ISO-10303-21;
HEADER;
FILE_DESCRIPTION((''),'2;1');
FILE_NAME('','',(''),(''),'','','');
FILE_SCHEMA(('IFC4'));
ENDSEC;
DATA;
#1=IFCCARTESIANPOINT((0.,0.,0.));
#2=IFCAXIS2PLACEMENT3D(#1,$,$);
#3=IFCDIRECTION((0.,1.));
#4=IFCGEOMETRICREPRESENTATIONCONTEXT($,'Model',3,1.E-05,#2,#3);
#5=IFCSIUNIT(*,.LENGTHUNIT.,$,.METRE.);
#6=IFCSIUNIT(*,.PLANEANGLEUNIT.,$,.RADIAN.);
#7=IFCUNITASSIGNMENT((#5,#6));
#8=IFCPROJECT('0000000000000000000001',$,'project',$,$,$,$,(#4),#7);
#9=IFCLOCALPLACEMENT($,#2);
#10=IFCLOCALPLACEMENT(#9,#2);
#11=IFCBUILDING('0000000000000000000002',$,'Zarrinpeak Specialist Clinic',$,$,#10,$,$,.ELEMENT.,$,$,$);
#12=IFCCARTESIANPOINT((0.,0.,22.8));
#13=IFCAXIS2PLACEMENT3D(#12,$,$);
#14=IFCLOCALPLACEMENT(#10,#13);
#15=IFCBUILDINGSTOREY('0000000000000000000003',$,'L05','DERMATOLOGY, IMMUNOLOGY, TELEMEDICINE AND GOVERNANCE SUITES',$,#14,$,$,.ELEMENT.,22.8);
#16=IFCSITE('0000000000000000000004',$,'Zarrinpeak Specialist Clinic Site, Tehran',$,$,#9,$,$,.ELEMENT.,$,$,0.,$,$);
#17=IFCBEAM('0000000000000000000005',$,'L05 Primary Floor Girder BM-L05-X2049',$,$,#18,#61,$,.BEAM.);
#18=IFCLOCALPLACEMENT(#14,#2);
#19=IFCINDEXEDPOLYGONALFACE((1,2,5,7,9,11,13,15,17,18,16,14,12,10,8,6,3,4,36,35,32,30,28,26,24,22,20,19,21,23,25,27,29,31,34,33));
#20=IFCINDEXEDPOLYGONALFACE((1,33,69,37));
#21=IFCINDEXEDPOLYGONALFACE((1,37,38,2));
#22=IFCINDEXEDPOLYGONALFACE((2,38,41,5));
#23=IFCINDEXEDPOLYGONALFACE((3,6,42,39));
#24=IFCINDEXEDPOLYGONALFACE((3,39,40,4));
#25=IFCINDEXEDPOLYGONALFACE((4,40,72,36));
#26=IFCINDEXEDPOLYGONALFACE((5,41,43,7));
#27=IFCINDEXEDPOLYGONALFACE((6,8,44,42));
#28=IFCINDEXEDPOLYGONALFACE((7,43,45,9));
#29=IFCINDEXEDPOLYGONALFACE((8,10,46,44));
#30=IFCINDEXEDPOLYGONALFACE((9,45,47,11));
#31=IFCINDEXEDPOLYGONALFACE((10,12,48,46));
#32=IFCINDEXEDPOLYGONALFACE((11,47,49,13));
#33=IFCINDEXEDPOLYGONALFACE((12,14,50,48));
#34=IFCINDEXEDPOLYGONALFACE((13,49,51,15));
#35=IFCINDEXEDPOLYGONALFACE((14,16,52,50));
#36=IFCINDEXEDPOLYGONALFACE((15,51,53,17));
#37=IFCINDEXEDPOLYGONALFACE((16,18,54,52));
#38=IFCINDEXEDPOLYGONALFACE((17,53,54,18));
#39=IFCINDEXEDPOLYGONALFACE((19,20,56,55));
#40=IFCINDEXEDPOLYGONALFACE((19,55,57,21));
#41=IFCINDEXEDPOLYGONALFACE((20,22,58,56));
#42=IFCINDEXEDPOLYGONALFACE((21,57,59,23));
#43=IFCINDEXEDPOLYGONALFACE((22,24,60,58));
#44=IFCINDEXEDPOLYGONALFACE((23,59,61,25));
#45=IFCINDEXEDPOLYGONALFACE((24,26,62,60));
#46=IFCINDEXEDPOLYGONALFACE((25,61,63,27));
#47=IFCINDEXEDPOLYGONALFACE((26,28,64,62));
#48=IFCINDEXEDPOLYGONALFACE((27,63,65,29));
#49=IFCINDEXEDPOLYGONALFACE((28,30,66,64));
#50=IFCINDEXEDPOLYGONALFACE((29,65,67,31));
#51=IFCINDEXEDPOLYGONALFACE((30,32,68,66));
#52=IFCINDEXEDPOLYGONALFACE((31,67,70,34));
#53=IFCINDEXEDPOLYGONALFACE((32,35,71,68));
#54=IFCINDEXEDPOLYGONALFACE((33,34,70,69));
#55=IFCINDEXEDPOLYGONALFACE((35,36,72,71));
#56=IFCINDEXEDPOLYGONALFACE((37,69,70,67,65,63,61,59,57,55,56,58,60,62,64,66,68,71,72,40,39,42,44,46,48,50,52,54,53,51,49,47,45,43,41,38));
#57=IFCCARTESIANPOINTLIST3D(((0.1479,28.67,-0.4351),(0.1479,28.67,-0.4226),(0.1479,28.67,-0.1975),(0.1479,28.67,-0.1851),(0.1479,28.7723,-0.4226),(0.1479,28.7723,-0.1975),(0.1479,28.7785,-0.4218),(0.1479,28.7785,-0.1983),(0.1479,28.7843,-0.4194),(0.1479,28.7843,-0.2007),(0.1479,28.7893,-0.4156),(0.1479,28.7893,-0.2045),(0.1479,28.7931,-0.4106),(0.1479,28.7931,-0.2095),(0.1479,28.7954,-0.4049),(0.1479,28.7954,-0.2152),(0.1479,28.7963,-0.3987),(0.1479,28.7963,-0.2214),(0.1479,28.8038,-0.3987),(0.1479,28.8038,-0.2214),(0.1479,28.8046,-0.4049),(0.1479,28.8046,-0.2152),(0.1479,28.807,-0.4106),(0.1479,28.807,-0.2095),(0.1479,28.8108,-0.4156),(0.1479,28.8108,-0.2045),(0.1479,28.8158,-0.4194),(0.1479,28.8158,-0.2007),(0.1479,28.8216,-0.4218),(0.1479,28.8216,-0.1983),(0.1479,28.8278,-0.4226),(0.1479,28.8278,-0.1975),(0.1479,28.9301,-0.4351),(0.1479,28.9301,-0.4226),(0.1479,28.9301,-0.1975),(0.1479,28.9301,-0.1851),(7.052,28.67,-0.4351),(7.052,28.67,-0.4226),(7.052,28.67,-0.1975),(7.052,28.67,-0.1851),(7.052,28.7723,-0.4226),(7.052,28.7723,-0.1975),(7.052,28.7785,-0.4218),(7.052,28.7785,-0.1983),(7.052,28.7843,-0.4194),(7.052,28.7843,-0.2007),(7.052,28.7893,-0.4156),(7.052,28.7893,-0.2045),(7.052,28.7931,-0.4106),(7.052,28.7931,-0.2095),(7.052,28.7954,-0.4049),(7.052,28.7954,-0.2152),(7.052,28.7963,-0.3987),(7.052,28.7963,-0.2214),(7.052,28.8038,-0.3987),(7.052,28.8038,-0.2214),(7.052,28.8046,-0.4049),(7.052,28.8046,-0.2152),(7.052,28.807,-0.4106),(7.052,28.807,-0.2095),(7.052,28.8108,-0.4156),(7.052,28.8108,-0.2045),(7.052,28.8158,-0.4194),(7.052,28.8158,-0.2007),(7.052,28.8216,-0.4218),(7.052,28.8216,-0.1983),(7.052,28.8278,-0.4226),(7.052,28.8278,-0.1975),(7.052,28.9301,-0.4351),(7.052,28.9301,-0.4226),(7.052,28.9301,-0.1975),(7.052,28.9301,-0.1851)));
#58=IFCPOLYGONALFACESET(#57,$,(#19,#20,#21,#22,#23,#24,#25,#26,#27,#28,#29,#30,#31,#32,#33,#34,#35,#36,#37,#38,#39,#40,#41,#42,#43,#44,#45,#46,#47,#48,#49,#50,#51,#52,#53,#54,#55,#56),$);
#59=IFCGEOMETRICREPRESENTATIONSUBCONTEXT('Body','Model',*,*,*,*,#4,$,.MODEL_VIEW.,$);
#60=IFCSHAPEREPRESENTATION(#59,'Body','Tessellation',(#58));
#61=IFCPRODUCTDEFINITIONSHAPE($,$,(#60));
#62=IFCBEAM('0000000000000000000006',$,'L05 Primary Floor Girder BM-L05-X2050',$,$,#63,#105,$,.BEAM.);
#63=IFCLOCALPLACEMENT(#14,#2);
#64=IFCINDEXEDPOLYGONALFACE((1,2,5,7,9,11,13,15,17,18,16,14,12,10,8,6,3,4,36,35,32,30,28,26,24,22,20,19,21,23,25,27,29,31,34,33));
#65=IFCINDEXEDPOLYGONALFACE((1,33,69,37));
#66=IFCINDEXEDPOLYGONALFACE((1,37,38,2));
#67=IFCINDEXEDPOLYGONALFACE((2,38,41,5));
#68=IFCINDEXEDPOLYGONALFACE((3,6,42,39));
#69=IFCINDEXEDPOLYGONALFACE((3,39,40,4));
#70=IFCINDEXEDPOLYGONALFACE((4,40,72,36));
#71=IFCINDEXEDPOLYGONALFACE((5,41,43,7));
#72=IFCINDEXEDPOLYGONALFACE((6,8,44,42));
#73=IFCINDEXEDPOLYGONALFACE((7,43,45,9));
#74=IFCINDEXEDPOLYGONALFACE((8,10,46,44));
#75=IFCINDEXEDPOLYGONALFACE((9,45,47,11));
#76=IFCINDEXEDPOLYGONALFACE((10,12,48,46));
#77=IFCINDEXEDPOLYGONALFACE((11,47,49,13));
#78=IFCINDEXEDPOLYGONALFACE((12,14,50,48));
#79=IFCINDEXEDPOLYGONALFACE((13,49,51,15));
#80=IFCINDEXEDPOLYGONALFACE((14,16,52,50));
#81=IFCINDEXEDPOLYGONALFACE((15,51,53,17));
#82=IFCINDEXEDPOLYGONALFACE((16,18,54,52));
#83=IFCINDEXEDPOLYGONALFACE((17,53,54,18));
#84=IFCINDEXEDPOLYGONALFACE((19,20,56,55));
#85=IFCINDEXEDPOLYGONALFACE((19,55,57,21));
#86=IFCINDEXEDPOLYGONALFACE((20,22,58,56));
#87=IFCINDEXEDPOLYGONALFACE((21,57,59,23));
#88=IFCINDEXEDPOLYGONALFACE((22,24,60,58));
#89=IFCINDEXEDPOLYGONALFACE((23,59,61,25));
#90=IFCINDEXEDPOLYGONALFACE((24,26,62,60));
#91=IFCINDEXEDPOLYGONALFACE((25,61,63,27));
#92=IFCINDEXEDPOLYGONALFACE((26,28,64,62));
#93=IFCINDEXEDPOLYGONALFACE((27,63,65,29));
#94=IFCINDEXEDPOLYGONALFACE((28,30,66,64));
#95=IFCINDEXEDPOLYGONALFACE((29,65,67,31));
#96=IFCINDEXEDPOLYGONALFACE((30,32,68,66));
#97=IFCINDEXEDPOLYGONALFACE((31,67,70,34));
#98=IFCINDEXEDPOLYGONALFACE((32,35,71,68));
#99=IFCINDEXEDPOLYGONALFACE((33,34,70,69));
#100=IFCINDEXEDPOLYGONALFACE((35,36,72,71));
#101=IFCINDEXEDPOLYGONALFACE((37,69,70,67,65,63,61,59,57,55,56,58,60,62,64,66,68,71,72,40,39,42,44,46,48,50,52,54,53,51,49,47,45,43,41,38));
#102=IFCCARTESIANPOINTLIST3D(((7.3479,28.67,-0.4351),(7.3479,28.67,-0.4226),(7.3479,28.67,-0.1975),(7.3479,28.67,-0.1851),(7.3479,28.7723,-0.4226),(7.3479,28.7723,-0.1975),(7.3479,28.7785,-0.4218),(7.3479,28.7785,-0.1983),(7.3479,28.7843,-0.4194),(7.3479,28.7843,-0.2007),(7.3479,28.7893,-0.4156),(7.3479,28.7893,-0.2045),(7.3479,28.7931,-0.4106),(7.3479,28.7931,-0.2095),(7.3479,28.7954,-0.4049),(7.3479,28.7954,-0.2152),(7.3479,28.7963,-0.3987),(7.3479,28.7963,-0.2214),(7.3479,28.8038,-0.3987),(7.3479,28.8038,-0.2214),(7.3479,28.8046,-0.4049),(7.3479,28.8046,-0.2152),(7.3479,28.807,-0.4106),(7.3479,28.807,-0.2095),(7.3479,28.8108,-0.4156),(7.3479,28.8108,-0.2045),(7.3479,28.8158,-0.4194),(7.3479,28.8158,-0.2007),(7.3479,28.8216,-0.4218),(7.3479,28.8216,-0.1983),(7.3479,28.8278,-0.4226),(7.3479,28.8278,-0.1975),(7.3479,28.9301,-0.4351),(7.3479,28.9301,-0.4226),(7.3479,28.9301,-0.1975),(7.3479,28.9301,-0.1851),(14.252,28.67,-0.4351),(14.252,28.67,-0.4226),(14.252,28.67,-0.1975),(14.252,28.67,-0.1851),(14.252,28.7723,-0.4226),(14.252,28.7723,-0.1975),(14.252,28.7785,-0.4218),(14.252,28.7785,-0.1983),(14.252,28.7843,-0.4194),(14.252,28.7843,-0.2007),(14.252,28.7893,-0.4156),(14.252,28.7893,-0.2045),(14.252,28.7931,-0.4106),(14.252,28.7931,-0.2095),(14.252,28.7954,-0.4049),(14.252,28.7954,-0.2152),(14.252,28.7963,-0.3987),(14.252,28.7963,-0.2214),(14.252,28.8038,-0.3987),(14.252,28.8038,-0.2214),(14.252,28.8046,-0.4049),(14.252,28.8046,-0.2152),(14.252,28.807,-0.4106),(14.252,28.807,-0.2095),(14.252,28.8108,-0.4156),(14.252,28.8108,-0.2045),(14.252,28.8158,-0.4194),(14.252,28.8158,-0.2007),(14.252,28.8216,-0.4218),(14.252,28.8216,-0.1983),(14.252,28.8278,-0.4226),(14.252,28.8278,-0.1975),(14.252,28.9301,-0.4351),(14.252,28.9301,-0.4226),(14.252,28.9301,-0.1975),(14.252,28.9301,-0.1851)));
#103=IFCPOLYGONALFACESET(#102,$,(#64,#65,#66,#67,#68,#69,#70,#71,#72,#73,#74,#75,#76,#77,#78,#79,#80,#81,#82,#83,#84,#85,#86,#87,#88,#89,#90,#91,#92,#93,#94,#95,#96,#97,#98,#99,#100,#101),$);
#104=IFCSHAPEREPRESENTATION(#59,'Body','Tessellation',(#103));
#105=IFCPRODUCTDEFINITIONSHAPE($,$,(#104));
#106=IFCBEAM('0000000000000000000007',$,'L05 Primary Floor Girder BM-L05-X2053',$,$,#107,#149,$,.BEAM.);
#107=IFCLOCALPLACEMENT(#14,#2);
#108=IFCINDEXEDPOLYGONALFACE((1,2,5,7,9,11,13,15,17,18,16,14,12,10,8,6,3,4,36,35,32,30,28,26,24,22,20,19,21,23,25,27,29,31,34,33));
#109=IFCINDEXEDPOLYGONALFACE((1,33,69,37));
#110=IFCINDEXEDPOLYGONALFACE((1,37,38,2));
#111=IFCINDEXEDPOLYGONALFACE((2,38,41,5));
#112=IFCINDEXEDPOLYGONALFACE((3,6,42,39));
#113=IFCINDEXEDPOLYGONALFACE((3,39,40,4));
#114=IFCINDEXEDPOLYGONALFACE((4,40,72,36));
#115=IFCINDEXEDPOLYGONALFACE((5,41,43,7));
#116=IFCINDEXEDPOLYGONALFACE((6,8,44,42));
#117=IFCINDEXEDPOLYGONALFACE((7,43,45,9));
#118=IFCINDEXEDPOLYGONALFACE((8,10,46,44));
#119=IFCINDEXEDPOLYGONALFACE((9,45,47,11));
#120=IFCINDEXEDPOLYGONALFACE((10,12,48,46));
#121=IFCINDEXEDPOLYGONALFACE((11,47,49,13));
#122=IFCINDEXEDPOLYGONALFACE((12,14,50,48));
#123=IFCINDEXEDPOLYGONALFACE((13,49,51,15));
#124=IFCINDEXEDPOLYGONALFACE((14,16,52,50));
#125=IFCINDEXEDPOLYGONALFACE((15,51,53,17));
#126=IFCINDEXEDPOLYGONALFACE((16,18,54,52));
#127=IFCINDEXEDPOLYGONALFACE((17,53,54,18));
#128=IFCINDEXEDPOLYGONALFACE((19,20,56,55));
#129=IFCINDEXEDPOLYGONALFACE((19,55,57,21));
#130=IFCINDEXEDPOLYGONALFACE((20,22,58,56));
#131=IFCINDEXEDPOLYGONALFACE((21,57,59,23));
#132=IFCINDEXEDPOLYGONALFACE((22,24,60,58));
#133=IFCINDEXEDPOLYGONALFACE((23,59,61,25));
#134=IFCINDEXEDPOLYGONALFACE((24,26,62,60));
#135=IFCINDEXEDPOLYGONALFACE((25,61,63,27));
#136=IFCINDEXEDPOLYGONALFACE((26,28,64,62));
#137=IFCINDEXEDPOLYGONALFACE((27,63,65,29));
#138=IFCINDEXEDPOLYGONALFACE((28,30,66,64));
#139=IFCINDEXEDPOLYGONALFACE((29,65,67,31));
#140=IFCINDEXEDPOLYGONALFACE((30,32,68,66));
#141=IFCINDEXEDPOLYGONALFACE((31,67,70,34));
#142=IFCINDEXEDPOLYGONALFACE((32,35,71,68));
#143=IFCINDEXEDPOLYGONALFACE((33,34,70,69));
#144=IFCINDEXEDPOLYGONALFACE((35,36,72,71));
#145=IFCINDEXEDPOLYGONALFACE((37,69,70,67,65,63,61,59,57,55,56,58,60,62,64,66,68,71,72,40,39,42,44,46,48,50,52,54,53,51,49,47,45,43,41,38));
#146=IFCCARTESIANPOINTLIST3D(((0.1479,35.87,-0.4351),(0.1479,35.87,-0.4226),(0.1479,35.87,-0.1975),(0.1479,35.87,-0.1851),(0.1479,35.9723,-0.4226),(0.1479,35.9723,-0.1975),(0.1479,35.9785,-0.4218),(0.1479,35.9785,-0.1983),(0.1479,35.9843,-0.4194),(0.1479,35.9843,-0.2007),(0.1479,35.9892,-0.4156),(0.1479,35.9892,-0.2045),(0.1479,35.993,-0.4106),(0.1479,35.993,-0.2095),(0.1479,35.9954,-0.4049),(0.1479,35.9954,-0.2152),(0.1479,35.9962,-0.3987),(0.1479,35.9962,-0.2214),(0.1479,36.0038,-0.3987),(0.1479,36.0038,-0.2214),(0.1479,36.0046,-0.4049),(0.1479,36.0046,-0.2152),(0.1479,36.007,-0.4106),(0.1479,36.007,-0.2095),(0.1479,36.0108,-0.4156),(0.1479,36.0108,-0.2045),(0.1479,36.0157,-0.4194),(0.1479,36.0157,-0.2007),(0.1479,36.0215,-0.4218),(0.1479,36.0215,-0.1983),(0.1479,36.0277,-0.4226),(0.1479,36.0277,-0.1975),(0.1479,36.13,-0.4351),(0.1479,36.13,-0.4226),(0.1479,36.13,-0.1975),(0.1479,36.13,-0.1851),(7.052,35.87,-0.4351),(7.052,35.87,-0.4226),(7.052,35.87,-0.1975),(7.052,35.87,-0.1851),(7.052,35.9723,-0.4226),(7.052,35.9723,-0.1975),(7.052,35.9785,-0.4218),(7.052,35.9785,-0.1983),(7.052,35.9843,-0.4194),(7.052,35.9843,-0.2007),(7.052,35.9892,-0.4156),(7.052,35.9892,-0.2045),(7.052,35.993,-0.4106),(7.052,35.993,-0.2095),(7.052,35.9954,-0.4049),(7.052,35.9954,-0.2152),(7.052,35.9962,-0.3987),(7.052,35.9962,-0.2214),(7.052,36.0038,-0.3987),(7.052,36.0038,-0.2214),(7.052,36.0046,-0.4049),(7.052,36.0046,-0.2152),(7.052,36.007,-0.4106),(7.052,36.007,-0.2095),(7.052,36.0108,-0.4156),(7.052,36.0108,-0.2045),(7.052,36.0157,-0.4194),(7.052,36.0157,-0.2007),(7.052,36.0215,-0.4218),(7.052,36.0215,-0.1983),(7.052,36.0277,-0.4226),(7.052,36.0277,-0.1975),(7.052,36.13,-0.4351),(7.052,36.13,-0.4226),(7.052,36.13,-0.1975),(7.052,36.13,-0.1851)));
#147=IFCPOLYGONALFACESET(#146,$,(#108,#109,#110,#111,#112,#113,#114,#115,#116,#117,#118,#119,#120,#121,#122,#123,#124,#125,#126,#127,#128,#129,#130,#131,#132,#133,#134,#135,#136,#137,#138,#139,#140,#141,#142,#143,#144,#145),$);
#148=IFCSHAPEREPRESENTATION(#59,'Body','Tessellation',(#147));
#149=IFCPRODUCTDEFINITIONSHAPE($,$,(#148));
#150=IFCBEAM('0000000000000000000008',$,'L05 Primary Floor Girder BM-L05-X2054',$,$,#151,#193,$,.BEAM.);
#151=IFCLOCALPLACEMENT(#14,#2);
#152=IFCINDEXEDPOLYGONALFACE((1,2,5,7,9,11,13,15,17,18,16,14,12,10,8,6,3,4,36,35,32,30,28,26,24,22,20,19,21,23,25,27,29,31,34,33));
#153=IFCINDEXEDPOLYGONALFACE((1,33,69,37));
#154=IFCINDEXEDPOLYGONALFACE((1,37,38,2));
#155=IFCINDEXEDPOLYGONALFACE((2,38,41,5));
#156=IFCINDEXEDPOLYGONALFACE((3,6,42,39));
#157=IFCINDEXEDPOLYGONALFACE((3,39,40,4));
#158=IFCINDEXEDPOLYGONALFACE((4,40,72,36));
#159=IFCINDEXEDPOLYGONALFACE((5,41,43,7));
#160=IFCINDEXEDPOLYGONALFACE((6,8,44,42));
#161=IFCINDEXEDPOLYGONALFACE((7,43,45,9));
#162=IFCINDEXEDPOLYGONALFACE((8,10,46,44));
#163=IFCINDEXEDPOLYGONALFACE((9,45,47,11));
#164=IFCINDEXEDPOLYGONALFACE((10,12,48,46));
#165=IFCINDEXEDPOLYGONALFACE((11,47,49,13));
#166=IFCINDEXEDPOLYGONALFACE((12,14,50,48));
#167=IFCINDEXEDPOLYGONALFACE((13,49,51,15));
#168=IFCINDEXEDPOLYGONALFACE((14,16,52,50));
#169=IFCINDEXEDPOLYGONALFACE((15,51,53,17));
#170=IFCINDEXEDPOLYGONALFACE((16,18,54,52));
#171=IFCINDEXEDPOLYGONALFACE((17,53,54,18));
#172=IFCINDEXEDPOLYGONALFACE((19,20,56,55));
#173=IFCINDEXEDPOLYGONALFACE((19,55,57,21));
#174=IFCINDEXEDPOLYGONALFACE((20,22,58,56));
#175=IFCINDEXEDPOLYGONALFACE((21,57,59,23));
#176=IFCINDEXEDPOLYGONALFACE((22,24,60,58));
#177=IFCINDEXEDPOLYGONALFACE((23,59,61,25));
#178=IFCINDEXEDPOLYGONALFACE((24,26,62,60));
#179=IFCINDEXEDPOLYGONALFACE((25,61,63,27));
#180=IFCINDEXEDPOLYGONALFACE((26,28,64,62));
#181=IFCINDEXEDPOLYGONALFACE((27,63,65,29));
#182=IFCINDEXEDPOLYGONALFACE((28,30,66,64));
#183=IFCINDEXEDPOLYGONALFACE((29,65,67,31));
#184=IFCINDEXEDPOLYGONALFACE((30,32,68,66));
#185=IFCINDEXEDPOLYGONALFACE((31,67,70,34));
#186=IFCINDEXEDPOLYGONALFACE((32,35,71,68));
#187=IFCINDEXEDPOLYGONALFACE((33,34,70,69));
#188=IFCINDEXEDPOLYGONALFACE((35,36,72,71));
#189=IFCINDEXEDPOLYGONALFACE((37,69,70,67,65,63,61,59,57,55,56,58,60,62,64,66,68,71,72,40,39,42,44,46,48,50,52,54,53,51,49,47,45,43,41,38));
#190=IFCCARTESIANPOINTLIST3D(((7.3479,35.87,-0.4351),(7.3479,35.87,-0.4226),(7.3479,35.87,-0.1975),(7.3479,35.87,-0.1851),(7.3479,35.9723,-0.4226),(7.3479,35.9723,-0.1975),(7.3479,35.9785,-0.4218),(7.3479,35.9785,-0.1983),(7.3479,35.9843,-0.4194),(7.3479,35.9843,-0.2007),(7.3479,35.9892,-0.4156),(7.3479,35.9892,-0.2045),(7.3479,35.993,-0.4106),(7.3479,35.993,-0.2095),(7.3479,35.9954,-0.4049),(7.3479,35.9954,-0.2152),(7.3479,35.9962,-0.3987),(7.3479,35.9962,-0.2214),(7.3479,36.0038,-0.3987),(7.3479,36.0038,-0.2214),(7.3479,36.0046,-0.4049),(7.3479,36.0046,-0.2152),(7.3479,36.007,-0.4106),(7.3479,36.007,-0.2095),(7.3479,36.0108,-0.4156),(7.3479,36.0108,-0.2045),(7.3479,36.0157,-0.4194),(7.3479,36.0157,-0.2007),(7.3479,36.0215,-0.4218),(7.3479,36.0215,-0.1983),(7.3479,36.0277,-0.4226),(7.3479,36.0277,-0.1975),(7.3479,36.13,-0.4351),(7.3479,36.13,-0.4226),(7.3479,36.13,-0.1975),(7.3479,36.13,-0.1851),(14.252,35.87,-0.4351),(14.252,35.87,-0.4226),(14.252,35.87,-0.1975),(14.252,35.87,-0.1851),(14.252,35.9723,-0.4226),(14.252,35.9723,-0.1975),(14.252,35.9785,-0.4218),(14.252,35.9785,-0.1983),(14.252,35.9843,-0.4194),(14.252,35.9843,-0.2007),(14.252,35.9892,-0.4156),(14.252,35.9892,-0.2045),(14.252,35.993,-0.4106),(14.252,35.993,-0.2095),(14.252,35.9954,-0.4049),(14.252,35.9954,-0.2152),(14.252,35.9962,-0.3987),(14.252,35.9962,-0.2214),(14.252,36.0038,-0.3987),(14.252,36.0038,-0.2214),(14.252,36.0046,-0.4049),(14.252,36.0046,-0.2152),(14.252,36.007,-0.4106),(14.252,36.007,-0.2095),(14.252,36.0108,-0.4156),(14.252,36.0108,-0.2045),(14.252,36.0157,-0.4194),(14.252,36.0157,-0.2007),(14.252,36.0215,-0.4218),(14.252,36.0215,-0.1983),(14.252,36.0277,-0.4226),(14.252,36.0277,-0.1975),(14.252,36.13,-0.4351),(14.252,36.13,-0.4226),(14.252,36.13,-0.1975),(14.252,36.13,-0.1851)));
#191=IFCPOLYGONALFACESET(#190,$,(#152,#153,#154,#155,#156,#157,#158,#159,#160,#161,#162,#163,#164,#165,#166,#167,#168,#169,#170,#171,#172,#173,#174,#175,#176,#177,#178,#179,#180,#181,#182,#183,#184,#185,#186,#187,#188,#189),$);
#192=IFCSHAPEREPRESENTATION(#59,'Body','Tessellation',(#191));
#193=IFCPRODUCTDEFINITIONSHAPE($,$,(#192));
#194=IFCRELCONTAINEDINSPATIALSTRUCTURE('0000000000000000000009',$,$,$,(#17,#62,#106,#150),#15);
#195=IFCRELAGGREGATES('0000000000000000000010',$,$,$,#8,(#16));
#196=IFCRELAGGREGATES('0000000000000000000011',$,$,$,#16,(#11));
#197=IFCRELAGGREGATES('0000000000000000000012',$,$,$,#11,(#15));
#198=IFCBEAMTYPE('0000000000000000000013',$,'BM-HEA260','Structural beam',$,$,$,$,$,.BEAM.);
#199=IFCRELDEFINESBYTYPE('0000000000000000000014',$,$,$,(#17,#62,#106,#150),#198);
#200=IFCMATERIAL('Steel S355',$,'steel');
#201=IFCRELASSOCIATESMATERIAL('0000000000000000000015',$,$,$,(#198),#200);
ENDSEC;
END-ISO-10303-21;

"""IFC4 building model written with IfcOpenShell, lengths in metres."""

from ifc_helpers import new_model, si_unit, direction, frame, origin, origin_2d, place, context, subcontext, project, spatial, i_section, extrude, material, material_profile, profile_set, type_object, element, save


model = new_model("IFC4")

# Units and contexts
model_context = context("Model", 3, precision=1e-05, world=origin(), true_north=direction((0.0, 1.0)))
body_context = subcontext(model_context, "Body", "Model", "MODEL_VIEW")
ifc_project = project(units=[si_unit("LENGTHUNIT", "METRE"), si_unit("PLANEANGLEUNIT", "RADIAN")], contexts=[model_context])

# Site, building, storey
site_placement = place(None, origin())
site = spatial("IfcSite", under=ifc_project, at=site_placement, Name="Zarrinpeak Specialist Clinic Site, Tehran", CompositionType="ELEMENT", RefElevation=0.0)
building_placement = place(site_placement, origin())
building = spatial("IfcBuilding", under=site, at=building_placement, Name="Zarrinpeak Specialist Clinic", CompositionType="ELEMENT")
storey_placement = place(building_placement, frame((0.0, 0.0, 22.8)))
storey = spatial("IfcBuildingStorey", under=building, at=storey_placement, Name="L05", Description="DERMATOLOGY, IMMUNOLOGY, TELEMEDICINE AND GOVERNANCE SUITES", CompositionType="ELEMENT", Elevation=22.8)

# Shared definitions
ifc_material_1 = material(Name="Steel S355", Category="steel")

# Beams
ifc_material_profile_1 = material_profile(ifc_material_1, i_section(OverallWidth=0.26, OverallDepth=0.25, WebThickness=0.0076, FlangeThickness=0.0125, FilletRadius=0.0239, at=origin_2d()), Name="HEA 260")
ifc_profile_set_1 = profile_set([ifc_material_profile_1], Name="Steel S355")
beam_type_1 = type_object("IfcBeamType", Name="BM-HEA260", Description="Structural beam", PredefinedType="BEAM", material=ifc_profile_set_1)
for number, where, z_axis, x_axis, name in (
    (1, (0.1479, 28.8, -0.3101), (1.0, 0.0, 0.0), (0.0, 1.0, 0.0), "L05 Primary Floor Girder BM-L05-X2049"),
    (2, (7.3479, 28.8, -0.3101), (1.0, 0.0, 0.0), (0.0, 1.0, 0.0), "L05 Primary Floor Girder BM-L05-X2050"),
    (3, (0.1479, 36.0, -0.3101), (1.0, 0.0, 0.0), (0.0, 1.0, 0.0), "L05 Primary Floor Girder BM-L05-X2053"),
    (4, (7.3479, 36.0, -0.3101), (1.0, 0.0, 0.0), (0.0, 1.0, 0.0), "L05 Primary Floor Girder BM-L05-X2054"),
):
    element("IfcBeam", number, at=place(storey_placement, frame(where, z_axis=z_axis, x_axis=x_axis)), inside=storey, type_object=beam_type_1, Name=name, PredefinedType="BEAM", context=body_context, shape_type="SweptSolid", body=[
        extrude(i_section(OverallWidth=0.26, OverallDepth=0.25, WebThickness=0.0076, FlangeThickness=0.0125, FilletRadius=0.0239, at=origin_2d()), origin(), (0.0, 0.0, 1.0), 6.9041),
    ])

save(model, "model.ifc")
